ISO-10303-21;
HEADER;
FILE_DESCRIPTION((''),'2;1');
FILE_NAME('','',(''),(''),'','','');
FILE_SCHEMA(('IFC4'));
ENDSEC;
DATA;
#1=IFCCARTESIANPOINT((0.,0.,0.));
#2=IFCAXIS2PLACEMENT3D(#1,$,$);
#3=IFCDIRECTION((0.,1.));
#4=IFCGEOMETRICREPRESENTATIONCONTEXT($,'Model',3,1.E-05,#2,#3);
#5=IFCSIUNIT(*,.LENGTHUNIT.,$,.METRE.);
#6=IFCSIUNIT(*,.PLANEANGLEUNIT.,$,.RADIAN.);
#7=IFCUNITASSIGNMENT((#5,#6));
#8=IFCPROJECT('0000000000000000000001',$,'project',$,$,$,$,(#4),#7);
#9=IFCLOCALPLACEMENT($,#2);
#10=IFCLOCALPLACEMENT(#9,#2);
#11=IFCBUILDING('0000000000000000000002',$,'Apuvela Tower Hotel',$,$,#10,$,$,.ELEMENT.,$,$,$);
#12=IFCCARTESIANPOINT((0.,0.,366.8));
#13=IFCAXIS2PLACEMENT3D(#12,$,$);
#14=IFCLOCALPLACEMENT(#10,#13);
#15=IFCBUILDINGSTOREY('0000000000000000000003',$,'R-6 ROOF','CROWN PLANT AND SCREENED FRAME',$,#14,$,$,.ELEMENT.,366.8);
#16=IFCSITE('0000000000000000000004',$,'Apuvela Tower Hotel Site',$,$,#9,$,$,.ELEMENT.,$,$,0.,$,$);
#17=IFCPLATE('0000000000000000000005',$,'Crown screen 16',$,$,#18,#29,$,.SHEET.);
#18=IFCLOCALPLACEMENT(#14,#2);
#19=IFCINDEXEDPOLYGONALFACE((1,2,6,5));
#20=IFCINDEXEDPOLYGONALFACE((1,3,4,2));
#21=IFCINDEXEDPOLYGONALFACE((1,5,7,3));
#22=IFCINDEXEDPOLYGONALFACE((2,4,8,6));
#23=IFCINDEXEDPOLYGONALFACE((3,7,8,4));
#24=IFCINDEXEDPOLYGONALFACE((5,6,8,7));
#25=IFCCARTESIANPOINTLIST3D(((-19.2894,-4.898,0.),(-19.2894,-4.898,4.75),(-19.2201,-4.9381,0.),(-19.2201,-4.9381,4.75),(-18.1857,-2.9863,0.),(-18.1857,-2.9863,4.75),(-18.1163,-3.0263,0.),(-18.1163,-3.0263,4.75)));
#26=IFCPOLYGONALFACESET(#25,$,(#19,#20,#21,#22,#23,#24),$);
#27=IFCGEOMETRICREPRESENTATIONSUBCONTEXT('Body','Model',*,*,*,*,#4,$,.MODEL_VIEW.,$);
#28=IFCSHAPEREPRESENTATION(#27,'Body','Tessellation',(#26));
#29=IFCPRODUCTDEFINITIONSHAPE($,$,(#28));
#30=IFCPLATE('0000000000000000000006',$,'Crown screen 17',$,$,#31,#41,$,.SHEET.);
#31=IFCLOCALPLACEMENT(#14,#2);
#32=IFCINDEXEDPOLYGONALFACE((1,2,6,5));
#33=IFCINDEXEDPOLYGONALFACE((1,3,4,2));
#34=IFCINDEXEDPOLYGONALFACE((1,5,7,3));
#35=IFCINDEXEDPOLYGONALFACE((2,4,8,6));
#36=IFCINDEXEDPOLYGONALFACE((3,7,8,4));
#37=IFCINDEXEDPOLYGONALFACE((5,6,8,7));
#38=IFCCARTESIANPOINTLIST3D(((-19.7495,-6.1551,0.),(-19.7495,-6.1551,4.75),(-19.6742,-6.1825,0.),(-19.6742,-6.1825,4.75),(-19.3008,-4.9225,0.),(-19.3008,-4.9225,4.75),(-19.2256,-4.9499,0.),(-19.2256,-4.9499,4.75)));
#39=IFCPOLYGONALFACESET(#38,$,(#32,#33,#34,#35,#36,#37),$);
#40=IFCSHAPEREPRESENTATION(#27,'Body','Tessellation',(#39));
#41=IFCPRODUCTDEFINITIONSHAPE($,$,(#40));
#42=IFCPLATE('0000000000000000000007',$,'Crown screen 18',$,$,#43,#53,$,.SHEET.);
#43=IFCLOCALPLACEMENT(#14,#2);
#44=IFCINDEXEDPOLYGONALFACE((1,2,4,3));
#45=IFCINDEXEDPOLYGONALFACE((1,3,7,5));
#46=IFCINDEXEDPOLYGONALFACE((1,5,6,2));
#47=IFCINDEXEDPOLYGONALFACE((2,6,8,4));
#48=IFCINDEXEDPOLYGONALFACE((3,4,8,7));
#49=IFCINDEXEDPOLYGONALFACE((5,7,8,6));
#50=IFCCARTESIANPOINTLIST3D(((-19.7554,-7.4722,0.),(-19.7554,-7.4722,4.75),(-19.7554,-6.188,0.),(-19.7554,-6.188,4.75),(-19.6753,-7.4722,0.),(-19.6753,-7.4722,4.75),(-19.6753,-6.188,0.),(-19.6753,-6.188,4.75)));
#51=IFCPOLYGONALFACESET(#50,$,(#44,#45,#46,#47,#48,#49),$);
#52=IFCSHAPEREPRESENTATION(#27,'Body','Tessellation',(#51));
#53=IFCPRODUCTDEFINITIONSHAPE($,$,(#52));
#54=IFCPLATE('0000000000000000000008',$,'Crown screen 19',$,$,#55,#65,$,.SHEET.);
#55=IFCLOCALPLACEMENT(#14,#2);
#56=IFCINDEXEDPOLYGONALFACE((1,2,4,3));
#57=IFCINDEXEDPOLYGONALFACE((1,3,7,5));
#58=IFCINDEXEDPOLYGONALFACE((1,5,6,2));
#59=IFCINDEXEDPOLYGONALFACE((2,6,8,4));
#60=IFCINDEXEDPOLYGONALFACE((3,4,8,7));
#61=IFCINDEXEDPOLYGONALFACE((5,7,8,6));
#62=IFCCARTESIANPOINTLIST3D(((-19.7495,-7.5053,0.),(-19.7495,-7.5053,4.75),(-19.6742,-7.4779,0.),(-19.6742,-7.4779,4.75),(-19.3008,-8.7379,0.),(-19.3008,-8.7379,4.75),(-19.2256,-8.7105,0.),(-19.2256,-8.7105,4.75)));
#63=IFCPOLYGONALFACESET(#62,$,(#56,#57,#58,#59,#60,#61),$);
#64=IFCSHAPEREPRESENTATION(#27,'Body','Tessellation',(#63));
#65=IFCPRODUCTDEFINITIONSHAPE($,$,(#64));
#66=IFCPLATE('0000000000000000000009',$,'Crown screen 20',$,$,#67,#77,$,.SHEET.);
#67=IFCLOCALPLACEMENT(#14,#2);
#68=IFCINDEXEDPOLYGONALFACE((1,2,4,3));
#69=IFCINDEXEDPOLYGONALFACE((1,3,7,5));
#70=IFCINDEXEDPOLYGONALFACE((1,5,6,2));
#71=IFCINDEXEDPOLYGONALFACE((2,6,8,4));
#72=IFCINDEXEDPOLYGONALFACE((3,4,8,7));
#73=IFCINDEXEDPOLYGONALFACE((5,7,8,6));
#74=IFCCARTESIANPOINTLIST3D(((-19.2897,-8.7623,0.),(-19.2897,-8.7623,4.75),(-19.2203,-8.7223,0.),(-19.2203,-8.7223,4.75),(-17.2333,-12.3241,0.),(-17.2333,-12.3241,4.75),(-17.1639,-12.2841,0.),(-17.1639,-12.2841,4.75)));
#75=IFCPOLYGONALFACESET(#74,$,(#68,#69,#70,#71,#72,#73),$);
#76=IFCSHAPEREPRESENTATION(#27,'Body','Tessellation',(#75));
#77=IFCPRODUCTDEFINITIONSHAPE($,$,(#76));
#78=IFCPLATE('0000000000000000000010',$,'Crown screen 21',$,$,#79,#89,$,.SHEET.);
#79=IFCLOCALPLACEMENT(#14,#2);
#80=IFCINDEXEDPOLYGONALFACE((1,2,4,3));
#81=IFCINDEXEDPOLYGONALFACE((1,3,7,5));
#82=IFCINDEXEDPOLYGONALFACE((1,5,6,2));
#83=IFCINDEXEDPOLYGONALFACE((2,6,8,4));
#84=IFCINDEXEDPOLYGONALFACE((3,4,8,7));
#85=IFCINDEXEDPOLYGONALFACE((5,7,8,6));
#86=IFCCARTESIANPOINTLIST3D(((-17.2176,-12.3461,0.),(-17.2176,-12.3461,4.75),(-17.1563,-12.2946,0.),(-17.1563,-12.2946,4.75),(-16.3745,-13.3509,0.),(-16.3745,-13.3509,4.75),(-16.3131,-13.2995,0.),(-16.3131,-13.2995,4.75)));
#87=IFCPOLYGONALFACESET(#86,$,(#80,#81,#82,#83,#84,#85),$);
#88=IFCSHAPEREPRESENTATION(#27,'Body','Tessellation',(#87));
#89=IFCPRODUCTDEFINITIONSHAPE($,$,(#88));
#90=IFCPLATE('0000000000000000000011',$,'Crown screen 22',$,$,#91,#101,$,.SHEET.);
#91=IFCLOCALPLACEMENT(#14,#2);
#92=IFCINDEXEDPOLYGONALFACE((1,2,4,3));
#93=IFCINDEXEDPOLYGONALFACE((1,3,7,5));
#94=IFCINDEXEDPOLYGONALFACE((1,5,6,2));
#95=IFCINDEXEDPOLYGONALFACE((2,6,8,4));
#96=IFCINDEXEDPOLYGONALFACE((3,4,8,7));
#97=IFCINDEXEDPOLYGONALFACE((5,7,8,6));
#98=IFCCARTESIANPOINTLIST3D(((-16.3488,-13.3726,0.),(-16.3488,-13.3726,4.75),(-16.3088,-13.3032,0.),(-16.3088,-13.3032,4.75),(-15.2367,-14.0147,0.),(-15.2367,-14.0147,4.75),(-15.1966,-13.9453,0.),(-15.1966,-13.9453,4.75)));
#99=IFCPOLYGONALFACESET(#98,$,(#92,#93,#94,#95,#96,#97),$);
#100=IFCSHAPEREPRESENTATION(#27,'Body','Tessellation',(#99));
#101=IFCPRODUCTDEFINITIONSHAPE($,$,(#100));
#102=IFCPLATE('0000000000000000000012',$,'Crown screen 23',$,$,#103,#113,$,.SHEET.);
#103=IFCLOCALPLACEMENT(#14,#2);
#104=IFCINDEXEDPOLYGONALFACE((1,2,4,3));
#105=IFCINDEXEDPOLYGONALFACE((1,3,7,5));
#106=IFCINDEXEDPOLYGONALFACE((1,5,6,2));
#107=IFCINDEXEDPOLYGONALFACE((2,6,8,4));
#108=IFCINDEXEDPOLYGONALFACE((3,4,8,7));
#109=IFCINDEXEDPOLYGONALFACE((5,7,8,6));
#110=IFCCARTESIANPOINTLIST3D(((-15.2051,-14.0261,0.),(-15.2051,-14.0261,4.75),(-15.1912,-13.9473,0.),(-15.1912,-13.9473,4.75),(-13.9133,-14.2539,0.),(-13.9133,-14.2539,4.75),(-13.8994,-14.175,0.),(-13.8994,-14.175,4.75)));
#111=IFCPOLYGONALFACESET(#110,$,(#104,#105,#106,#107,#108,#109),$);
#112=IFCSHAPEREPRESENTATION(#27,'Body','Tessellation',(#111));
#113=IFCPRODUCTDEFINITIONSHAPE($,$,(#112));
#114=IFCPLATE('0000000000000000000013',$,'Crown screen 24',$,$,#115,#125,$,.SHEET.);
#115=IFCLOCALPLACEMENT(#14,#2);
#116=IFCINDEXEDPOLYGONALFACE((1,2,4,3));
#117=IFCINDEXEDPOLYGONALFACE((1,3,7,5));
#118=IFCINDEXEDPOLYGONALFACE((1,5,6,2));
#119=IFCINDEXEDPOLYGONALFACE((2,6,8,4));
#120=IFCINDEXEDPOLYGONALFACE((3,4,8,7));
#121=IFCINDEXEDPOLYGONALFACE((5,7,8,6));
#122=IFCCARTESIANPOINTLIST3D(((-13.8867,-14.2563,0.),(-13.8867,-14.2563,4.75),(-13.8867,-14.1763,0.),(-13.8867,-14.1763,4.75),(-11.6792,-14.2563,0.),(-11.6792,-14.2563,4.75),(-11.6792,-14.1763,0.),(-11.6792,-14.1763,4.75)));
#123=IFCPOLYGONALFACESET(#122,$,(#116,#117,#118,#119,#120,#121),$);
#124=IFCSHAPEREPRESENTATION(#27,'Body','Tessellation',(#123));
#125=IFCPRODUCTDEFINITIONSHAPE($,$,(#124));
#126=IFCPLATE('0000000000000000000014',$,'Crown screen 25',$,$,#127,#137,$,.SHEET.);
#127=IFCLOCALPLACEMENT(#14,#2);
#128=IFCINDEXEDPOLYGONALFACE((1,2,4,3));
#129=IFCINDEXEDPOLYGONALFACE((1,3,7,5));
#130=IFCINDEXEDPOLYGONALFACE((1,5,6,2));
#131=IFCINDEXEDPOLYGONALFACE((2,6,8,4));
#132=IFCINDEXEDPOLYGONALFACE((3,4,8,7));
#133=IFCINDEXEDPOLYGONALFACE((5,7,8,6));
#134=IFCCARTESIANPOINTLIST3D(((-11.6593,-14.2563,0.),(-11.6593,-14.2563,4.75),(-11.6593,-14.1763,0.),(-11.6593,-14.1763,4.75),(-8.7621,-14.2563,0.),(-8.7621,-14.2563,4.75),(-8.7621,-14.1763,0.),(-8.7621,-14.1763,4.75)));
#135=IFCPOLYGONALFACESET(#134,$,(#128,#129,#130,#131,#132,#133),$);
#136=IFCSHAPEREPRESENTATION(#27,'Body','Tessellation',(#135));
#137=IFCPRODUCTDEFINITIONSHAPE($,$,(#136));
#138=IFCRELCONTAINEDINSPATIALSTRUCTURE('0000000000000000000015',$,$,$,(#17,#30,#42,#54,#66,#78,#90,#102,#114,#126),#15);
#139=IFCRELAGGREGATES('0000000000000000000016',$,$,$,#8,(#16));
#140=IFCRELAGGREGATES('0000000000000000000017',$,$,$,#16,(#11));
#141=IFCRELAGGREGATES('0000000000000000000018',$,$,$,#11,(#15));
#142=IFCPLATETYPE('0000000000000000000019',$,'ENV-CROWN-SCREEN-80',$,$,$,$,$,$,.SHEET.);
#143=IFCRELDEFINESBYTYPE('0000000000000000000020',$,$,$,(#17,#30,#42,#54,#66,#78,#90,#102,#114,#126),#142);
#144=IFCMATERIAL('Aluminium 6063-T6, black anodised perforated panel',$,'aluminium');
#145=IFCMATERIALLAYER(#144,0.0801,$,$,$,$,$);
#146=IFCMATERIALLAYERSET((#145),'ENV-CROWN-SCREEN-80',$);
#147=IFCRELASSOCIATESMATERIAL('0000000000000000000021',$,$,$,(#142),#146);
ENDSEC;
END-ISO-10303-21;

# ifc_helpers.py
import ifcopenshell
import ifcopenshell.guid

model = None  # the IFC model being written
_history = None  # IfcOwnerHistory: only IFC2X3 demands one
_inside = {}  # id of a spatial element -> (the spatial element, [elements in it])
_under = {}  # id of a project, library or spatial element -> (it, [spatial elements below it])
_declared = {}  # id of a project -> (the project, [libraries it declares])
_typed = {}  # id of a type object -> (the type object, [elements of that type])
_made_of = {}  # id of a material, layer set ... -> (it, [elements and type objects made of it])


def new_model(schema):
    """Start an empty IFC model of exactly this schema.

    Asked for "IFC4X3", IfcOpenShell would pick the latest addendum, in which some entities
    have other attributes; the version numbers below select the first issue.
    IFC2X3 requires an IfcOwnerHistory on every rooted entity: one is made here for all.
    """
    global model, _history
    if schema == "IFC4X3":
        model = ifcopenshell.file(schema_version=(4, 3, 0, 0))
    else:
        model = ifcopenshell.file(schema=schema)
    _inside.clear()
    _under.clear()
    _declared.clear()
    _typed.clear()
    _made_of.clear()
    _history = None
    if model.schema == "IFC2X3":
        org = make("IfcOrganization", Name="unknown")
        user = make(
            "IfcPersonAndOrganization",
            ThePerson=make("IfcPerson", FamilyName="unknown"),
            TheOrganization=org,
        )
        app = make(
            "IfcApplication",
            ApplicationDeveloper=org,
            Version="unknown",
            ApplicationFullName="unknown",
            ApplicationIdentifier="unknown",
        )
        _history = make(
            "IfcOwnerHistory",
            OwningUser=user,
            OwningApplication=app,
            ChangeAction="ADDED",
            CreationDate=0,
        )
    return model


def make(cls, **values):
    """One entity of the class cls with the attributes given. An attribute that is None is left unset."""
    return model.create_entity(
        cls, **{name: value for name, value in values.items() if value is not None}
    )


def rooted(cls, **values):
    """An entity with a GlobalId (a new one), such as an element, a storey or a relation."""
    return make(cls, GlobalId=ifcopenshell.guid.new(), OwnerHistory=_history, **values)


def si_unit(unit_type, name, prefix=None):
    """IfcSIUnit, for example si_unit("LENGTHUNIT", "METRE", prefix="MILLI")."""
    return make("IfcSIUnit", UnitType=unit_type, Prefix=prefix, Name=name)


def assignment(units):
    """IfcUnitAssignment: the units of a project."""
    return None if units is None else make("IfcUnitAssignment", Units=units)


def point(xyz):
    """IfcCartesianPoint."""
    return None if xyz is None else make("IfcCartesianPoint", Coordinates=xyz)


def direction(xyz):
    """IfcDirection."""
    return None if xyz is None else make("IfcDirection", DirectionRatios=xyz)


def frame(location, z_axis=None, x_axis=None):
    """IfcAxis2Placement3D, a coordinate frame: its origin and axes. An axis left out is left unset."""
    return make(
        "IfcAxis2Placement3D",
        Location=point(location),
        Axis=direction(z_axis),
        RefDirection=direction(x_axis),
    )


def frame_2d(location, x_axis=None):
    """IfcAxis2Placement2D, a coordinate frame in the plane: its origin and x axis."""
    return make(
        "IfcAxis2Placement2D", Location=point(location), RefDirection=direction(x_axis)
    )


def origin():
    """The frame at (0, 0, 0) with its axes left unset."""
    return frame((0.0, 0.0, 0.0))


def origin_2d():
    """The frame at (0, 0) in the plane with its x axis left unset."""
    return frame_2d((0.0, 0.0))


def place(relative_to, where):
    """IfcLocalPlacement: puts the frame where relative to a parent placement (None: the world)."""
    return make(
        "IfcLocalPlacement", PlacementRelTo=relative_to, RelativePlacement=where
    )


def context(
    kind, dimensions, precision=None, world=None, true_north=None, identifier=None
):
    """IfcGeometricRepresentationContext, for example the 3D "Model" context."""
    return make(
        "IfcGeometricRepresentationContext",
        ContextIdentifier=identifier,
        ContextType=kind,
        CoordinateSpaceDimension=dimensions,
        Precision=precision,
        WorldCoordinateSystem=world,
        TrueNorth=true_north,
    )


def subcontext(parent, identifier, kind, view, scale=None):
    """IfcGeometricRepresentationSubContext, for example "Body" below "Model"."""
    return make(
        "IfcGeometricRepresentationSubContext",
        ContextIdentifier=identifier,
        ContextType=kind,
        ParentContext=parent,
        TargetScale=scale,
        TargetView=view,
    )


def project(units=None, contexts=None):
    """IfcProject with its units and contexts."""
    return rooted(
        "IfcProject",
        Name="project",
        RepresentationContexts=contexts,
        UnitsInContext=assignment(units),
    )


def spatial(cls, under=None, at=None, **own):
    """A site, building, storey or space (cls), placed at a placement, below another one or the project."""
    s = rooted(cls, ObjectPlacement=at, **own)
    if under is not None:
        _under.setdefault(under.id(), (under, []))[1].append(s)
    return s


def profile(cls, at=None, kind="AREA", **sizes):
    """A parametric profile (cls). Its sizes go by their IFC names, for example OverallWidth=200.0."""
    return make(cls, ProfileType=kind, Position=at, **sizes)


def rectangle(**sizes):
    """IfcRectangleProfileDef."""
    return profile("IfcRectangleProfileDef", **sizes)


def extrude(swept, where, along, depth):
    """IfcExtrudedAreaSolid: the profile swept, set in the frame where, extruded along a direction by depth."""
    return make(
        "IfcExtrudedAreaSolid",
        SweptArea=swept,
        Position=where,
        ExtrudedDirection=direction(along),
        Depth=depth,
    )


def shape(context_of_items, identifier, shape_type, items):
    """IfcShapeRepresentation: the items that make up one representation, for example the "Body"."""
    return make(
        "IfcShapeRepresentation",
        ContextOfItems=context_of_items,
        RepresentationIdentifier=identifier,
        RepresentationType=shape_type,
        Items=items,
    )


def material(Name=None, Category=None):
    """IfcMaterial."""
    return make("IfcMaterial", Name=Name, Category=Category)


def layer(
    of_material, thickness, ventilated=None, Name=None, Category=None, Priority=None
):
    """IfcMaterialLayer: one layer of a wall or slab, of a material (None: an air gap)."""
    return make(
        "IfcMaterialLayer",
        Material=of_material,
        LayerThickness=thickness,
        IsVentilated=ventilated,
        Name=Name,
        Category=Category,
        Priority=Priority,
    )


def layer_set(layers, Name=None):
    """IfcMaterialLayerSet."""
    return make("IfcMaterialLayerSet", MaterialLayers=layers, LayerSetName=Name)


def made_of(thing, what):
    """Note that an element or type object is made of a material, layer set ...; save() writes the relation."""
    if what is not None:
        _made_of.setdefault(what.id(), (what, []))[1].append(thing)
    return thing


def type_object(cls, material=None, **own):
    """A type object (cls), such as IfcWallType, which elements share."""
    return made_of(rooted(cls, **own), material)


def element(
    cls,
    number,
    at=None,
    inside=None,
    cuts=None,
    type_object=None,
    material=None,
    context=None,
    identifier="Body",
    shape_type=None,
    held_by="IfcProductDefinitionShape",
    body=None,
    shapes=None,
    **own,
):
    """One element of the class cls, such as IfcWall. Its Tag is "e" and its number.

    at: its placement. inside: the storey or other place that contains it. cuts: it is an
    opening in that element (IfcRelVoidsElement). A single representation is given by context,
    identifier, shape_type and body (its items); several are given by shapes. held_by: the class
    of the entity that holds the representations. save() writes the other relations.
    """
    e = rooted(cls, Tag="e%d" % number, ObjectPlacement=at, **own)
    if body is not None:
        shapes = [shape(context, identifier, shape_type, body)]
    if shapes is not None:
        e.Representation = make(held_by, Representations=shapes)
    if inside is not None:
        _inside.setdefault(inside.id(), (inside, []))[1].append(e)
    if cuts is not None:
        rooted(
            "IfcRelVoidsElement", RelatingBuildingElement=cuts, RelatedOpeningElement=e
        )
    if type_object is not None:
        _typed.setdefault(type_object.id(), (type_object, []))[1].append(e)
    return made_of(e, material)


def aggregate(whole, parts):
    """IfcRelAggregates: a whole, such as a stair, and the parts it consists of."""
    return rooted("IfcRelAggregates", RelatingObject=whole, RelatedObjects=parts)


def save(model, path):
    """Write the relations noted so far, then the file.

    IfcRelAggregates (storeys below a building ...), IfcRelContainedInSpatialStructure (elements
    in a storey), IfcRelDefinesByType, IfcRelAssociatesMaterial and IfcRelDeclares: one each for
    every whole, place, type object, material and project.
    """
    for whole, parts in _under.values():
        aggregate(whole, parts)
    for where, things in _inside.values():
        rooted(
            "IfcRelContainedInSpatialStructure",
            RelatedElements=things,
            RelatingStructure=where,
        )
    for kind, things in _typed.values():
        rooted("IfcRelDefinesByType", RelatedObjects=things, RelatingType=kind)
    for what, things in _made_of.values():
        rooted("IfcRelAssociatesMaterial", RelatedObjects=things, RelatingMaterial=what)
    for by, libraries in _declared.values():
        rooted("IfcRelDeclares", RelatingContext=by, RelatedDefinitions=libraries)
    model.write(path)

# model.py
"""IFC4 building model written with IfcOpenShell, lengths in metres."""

from ifc_helpers import new_model, si_unit, direction, frame, origin, origin_2d, place, context, subcontext, project, spatial, rectangle, extrude, material, layer, layer_set, type_object, element, save


model = new_model("IFC4")

# Units and contexts
model_context = context("Model", 3, precision=1e-05, world=origin(), true_north=direction((0.0, 1.0)))
body_context = subcontext(model_context, "Body", "Model", "MODEL_VIEW")
ifc_project = project(units=[si_unit("LENGTHUNIT", "METRE"), si_unit("PLANEANGLEUNIT", "RADIAN")], contexts=[model_context])

# Site, building, storey
site_placement = place(None, origin())
site = spatial("IfcSite", under=ifc_project, at=site_placement, Name="Apuvela Tower Hotel Site", CompositionType="ELEMENT", RefElevation=0.0)
building_placement = place(site_placement, origin())
building = spatial("IfcBuilding", under=site, at=building_placement, Name="Apuvela Tower Hotel", CompositionType="ELEMENT")
storey_placement = place(building_placement, frame((0.0, 0.0, 366.8)))
storey = spatial("IfcBuildingStorey", under=building, at=storey_placement, Name="R-6 ROOF", Description="CROWN PLANT AND SCREENED FRAME", CompositionType="ELEMENT", Elevation=366.8)

# Plates
ifc_material_1 = material(Name="Aluminium 6063-T6, black anodised perforated panel", Category="aluminium")
ifc_layer = layer(ifc_material_1, 0.0801)
ifc_layer_set = layer_set([ifc_layer], Name="ENV-CROWN-SCREEN-80")
plate_type = type_object("IfcPlateType", Name="ENV-CROWN-SCREEN-80", PredefinedType="SHEET", material=ifc_layer_set)
plate_1_placement = place(storey_placement, frame((-18.7029, -3.9622, 0.0), z_axis=(0.0, 0.0, 1.0), x_axis=(-0.5, -0.866025, 0.0)))
element("IfcPlate", 1, at=plate_1_placement, inside=storey, type_object=plate_type, Name="Crown screen 16", PredefinedType="SHEET", context=body_context, shape_type="SweptSolid", body=[
    extrude(rectangle(XDim=2.2075, YDim=0.0801, at=origin_2d()), origin(), (0.0, 0.0, 1.0), 4.75),
])
plate_2_placement = place(storey_placement, frame((-19.4875, -5.5525, 0.0), z_axis=(0.0, 0.0, 1.0), x_axis=(-0.34202, -0.939693, 0.0)))
element("IfcPlate", 2, at=plate_2_placement, inside=storey, type_object=plate_type, Name="Crown screen 17", PredefinedType="SHEET", context=body_context, shape_type="SweptSolid", body=[
    extrude(rectangle(XDim=1.3118, YDim=0.0801, at=origin_2d()), origin(), (0.0, 0.0, 1.0), 4.75),
])
plate_3_placement = place(storey_placement, frame((-19.7153, -6.8301, 0.0), z_axis=(0.0, 0.0, 1.0), x_axis=(0.0, -1.0, 0.0)))
element("IfcPlate", 3, at=plate_3_placement, inside=storey, type_object=plate_type, Name="Crown screen 18", PredefinedType="SHEET", context=body_context, shape_type="SweptSolid", body=[
    extrude(rectangle(XDim=1.2842, YDim=0.0801, at=origin_2d()), origin(), (0.0, 0.0, 1.0), 4.75),
])
plate_4_placement = place(storey_placement, frame((-19.4875, -8.1079, 0.0), z_axis=(0.0, 0.0, 1.0), x_axis=(0.34202, -0.939693, 0.0)))
element("IfcPlate", 4, at=plate_4_placement, inside=storey, type_object=plate_type, Name="Crown screen 19", PredefinedType="SHEET", context=body_context, shape_type="SweptSolid", body=[
    extrude(rectangle(XDim=1.3118, YDim=0.0801, at=origin_2d()), origin(), (0.0, 0.0, 1.0), 4.75),
])
plate_5_placement = place(storey_placement, frame((-18.2268, -10.5232, 0.0), z_axis=(0.0, 0.0, 1.0), x_axis=(0.5, -0.866025, 0.0)))
element("IfcPlate", 5, at=plate_5_placement, inside=storey, type_object=plate_type, Name="Crown screen 20", PredefinedType="SHEET", context=body_context, shape_type="SweptSolid", body=[
    extrude(rectangle(XDim=4.1128, YDim=0.0801, at=origin_2d()), origin(), (0.0, 0.0, 1.0), 4.75),
])
plate_6_placement = place(storey_placement, frame((-16.7654, -12.8228, 0.0), z_axis=(0.0, 0.0, 1.0), x_axis=(0.642788, -0.766044, 0.0)))
element("IfcPlate", 6, at=plate_6_placement, inside=storey, type_object=plate_type, Name="Crown screen 21", PredefinedType="SHEET", context=body_context, shape_type="SweptSolid", body=[
    extrude(rectangle(XDim=1.3118, YDim=0.0801, at=origin_2d()), origin(), (0.0, 0.0, 1.0), 4.75),
])
plate_7_placement = place(storey_placement, frame((-15.7727, -13.6589, 0.0), z_axis=(0.0, 0.0, 1.0), x_axis=(0.866025, -0.5, 0.0)))
element("IfcPlate", 7, at=plate_7_placement, inside=storey, type_object=plate_type, Name="Crown screen 22", PredefinedType="SHEET", context=body_context, shape_type="SweptSolid", body=[
    extrude(rectangle(XDim=1.2842, YDim=0.0801, at=origin_2d()), origin(), (0.0, 0.0, 1.0), 4.75),
])
plate_8_placement = place(storey_placement, frame((-14.5522, -14.1006, 0.0), z_axis=(0.0, 0.0, 1.0), x_axis=(0.984808, -0.173648, 0.0)))
element("IfcPlate", 8, at=plate_8_placement, inside=storey, type_object=plate_type, Name="Crown screen 23", PredefinedType="SHEET", context=body_context, shape_type="SweptSolid", body=[
    extrude(rectangle(XDim=1.3118, YDim=0.0801, at=origin_2d()), origin(), (0.0, 0.0, 1.0), 4.75),
])
plate_9_placement = place(storey_placement, frame((-12.783, -14.2163, 0.0), z_axis=(0.0, 0.0, 1.0), x_axis=(1.0, 0.0, 0.0)))
element("IfcPlate", 9, at=plate_9_placement, inside=storey, type_object=plate_type, Name="Crown screen 24", PredefinedType="SHEET", context=body_context, shape_type="SweptSolid", body=[
    extrude(rectangle(XDim=2.2075, YDim=0.0801, at=origin_2d()), origin(), (0.0, 0.0, 1.0), 4.75),
])
plate_10_placement = place(storey_placement, frame((-10.2107, -14.2163, 0.0), z_axis=(0.0, 0.0, 1.0), x_axis=(1.0, 0.0, 0.0)))
element("IfcPlate", 10, at=plate_10_placement, inside=storey, type_object=plate_type, Name="Crown screen 25", PredefinedType="SHEET", context=body_context, shape_type="SweptSolid", body=[
    extrude(rectangle(XDim=2.8972, YDim=0.0801, at=origin_2d()), origin(), (0.0, 0.0, 1.0), 4.75),
])

save(model, "model.ifc")
